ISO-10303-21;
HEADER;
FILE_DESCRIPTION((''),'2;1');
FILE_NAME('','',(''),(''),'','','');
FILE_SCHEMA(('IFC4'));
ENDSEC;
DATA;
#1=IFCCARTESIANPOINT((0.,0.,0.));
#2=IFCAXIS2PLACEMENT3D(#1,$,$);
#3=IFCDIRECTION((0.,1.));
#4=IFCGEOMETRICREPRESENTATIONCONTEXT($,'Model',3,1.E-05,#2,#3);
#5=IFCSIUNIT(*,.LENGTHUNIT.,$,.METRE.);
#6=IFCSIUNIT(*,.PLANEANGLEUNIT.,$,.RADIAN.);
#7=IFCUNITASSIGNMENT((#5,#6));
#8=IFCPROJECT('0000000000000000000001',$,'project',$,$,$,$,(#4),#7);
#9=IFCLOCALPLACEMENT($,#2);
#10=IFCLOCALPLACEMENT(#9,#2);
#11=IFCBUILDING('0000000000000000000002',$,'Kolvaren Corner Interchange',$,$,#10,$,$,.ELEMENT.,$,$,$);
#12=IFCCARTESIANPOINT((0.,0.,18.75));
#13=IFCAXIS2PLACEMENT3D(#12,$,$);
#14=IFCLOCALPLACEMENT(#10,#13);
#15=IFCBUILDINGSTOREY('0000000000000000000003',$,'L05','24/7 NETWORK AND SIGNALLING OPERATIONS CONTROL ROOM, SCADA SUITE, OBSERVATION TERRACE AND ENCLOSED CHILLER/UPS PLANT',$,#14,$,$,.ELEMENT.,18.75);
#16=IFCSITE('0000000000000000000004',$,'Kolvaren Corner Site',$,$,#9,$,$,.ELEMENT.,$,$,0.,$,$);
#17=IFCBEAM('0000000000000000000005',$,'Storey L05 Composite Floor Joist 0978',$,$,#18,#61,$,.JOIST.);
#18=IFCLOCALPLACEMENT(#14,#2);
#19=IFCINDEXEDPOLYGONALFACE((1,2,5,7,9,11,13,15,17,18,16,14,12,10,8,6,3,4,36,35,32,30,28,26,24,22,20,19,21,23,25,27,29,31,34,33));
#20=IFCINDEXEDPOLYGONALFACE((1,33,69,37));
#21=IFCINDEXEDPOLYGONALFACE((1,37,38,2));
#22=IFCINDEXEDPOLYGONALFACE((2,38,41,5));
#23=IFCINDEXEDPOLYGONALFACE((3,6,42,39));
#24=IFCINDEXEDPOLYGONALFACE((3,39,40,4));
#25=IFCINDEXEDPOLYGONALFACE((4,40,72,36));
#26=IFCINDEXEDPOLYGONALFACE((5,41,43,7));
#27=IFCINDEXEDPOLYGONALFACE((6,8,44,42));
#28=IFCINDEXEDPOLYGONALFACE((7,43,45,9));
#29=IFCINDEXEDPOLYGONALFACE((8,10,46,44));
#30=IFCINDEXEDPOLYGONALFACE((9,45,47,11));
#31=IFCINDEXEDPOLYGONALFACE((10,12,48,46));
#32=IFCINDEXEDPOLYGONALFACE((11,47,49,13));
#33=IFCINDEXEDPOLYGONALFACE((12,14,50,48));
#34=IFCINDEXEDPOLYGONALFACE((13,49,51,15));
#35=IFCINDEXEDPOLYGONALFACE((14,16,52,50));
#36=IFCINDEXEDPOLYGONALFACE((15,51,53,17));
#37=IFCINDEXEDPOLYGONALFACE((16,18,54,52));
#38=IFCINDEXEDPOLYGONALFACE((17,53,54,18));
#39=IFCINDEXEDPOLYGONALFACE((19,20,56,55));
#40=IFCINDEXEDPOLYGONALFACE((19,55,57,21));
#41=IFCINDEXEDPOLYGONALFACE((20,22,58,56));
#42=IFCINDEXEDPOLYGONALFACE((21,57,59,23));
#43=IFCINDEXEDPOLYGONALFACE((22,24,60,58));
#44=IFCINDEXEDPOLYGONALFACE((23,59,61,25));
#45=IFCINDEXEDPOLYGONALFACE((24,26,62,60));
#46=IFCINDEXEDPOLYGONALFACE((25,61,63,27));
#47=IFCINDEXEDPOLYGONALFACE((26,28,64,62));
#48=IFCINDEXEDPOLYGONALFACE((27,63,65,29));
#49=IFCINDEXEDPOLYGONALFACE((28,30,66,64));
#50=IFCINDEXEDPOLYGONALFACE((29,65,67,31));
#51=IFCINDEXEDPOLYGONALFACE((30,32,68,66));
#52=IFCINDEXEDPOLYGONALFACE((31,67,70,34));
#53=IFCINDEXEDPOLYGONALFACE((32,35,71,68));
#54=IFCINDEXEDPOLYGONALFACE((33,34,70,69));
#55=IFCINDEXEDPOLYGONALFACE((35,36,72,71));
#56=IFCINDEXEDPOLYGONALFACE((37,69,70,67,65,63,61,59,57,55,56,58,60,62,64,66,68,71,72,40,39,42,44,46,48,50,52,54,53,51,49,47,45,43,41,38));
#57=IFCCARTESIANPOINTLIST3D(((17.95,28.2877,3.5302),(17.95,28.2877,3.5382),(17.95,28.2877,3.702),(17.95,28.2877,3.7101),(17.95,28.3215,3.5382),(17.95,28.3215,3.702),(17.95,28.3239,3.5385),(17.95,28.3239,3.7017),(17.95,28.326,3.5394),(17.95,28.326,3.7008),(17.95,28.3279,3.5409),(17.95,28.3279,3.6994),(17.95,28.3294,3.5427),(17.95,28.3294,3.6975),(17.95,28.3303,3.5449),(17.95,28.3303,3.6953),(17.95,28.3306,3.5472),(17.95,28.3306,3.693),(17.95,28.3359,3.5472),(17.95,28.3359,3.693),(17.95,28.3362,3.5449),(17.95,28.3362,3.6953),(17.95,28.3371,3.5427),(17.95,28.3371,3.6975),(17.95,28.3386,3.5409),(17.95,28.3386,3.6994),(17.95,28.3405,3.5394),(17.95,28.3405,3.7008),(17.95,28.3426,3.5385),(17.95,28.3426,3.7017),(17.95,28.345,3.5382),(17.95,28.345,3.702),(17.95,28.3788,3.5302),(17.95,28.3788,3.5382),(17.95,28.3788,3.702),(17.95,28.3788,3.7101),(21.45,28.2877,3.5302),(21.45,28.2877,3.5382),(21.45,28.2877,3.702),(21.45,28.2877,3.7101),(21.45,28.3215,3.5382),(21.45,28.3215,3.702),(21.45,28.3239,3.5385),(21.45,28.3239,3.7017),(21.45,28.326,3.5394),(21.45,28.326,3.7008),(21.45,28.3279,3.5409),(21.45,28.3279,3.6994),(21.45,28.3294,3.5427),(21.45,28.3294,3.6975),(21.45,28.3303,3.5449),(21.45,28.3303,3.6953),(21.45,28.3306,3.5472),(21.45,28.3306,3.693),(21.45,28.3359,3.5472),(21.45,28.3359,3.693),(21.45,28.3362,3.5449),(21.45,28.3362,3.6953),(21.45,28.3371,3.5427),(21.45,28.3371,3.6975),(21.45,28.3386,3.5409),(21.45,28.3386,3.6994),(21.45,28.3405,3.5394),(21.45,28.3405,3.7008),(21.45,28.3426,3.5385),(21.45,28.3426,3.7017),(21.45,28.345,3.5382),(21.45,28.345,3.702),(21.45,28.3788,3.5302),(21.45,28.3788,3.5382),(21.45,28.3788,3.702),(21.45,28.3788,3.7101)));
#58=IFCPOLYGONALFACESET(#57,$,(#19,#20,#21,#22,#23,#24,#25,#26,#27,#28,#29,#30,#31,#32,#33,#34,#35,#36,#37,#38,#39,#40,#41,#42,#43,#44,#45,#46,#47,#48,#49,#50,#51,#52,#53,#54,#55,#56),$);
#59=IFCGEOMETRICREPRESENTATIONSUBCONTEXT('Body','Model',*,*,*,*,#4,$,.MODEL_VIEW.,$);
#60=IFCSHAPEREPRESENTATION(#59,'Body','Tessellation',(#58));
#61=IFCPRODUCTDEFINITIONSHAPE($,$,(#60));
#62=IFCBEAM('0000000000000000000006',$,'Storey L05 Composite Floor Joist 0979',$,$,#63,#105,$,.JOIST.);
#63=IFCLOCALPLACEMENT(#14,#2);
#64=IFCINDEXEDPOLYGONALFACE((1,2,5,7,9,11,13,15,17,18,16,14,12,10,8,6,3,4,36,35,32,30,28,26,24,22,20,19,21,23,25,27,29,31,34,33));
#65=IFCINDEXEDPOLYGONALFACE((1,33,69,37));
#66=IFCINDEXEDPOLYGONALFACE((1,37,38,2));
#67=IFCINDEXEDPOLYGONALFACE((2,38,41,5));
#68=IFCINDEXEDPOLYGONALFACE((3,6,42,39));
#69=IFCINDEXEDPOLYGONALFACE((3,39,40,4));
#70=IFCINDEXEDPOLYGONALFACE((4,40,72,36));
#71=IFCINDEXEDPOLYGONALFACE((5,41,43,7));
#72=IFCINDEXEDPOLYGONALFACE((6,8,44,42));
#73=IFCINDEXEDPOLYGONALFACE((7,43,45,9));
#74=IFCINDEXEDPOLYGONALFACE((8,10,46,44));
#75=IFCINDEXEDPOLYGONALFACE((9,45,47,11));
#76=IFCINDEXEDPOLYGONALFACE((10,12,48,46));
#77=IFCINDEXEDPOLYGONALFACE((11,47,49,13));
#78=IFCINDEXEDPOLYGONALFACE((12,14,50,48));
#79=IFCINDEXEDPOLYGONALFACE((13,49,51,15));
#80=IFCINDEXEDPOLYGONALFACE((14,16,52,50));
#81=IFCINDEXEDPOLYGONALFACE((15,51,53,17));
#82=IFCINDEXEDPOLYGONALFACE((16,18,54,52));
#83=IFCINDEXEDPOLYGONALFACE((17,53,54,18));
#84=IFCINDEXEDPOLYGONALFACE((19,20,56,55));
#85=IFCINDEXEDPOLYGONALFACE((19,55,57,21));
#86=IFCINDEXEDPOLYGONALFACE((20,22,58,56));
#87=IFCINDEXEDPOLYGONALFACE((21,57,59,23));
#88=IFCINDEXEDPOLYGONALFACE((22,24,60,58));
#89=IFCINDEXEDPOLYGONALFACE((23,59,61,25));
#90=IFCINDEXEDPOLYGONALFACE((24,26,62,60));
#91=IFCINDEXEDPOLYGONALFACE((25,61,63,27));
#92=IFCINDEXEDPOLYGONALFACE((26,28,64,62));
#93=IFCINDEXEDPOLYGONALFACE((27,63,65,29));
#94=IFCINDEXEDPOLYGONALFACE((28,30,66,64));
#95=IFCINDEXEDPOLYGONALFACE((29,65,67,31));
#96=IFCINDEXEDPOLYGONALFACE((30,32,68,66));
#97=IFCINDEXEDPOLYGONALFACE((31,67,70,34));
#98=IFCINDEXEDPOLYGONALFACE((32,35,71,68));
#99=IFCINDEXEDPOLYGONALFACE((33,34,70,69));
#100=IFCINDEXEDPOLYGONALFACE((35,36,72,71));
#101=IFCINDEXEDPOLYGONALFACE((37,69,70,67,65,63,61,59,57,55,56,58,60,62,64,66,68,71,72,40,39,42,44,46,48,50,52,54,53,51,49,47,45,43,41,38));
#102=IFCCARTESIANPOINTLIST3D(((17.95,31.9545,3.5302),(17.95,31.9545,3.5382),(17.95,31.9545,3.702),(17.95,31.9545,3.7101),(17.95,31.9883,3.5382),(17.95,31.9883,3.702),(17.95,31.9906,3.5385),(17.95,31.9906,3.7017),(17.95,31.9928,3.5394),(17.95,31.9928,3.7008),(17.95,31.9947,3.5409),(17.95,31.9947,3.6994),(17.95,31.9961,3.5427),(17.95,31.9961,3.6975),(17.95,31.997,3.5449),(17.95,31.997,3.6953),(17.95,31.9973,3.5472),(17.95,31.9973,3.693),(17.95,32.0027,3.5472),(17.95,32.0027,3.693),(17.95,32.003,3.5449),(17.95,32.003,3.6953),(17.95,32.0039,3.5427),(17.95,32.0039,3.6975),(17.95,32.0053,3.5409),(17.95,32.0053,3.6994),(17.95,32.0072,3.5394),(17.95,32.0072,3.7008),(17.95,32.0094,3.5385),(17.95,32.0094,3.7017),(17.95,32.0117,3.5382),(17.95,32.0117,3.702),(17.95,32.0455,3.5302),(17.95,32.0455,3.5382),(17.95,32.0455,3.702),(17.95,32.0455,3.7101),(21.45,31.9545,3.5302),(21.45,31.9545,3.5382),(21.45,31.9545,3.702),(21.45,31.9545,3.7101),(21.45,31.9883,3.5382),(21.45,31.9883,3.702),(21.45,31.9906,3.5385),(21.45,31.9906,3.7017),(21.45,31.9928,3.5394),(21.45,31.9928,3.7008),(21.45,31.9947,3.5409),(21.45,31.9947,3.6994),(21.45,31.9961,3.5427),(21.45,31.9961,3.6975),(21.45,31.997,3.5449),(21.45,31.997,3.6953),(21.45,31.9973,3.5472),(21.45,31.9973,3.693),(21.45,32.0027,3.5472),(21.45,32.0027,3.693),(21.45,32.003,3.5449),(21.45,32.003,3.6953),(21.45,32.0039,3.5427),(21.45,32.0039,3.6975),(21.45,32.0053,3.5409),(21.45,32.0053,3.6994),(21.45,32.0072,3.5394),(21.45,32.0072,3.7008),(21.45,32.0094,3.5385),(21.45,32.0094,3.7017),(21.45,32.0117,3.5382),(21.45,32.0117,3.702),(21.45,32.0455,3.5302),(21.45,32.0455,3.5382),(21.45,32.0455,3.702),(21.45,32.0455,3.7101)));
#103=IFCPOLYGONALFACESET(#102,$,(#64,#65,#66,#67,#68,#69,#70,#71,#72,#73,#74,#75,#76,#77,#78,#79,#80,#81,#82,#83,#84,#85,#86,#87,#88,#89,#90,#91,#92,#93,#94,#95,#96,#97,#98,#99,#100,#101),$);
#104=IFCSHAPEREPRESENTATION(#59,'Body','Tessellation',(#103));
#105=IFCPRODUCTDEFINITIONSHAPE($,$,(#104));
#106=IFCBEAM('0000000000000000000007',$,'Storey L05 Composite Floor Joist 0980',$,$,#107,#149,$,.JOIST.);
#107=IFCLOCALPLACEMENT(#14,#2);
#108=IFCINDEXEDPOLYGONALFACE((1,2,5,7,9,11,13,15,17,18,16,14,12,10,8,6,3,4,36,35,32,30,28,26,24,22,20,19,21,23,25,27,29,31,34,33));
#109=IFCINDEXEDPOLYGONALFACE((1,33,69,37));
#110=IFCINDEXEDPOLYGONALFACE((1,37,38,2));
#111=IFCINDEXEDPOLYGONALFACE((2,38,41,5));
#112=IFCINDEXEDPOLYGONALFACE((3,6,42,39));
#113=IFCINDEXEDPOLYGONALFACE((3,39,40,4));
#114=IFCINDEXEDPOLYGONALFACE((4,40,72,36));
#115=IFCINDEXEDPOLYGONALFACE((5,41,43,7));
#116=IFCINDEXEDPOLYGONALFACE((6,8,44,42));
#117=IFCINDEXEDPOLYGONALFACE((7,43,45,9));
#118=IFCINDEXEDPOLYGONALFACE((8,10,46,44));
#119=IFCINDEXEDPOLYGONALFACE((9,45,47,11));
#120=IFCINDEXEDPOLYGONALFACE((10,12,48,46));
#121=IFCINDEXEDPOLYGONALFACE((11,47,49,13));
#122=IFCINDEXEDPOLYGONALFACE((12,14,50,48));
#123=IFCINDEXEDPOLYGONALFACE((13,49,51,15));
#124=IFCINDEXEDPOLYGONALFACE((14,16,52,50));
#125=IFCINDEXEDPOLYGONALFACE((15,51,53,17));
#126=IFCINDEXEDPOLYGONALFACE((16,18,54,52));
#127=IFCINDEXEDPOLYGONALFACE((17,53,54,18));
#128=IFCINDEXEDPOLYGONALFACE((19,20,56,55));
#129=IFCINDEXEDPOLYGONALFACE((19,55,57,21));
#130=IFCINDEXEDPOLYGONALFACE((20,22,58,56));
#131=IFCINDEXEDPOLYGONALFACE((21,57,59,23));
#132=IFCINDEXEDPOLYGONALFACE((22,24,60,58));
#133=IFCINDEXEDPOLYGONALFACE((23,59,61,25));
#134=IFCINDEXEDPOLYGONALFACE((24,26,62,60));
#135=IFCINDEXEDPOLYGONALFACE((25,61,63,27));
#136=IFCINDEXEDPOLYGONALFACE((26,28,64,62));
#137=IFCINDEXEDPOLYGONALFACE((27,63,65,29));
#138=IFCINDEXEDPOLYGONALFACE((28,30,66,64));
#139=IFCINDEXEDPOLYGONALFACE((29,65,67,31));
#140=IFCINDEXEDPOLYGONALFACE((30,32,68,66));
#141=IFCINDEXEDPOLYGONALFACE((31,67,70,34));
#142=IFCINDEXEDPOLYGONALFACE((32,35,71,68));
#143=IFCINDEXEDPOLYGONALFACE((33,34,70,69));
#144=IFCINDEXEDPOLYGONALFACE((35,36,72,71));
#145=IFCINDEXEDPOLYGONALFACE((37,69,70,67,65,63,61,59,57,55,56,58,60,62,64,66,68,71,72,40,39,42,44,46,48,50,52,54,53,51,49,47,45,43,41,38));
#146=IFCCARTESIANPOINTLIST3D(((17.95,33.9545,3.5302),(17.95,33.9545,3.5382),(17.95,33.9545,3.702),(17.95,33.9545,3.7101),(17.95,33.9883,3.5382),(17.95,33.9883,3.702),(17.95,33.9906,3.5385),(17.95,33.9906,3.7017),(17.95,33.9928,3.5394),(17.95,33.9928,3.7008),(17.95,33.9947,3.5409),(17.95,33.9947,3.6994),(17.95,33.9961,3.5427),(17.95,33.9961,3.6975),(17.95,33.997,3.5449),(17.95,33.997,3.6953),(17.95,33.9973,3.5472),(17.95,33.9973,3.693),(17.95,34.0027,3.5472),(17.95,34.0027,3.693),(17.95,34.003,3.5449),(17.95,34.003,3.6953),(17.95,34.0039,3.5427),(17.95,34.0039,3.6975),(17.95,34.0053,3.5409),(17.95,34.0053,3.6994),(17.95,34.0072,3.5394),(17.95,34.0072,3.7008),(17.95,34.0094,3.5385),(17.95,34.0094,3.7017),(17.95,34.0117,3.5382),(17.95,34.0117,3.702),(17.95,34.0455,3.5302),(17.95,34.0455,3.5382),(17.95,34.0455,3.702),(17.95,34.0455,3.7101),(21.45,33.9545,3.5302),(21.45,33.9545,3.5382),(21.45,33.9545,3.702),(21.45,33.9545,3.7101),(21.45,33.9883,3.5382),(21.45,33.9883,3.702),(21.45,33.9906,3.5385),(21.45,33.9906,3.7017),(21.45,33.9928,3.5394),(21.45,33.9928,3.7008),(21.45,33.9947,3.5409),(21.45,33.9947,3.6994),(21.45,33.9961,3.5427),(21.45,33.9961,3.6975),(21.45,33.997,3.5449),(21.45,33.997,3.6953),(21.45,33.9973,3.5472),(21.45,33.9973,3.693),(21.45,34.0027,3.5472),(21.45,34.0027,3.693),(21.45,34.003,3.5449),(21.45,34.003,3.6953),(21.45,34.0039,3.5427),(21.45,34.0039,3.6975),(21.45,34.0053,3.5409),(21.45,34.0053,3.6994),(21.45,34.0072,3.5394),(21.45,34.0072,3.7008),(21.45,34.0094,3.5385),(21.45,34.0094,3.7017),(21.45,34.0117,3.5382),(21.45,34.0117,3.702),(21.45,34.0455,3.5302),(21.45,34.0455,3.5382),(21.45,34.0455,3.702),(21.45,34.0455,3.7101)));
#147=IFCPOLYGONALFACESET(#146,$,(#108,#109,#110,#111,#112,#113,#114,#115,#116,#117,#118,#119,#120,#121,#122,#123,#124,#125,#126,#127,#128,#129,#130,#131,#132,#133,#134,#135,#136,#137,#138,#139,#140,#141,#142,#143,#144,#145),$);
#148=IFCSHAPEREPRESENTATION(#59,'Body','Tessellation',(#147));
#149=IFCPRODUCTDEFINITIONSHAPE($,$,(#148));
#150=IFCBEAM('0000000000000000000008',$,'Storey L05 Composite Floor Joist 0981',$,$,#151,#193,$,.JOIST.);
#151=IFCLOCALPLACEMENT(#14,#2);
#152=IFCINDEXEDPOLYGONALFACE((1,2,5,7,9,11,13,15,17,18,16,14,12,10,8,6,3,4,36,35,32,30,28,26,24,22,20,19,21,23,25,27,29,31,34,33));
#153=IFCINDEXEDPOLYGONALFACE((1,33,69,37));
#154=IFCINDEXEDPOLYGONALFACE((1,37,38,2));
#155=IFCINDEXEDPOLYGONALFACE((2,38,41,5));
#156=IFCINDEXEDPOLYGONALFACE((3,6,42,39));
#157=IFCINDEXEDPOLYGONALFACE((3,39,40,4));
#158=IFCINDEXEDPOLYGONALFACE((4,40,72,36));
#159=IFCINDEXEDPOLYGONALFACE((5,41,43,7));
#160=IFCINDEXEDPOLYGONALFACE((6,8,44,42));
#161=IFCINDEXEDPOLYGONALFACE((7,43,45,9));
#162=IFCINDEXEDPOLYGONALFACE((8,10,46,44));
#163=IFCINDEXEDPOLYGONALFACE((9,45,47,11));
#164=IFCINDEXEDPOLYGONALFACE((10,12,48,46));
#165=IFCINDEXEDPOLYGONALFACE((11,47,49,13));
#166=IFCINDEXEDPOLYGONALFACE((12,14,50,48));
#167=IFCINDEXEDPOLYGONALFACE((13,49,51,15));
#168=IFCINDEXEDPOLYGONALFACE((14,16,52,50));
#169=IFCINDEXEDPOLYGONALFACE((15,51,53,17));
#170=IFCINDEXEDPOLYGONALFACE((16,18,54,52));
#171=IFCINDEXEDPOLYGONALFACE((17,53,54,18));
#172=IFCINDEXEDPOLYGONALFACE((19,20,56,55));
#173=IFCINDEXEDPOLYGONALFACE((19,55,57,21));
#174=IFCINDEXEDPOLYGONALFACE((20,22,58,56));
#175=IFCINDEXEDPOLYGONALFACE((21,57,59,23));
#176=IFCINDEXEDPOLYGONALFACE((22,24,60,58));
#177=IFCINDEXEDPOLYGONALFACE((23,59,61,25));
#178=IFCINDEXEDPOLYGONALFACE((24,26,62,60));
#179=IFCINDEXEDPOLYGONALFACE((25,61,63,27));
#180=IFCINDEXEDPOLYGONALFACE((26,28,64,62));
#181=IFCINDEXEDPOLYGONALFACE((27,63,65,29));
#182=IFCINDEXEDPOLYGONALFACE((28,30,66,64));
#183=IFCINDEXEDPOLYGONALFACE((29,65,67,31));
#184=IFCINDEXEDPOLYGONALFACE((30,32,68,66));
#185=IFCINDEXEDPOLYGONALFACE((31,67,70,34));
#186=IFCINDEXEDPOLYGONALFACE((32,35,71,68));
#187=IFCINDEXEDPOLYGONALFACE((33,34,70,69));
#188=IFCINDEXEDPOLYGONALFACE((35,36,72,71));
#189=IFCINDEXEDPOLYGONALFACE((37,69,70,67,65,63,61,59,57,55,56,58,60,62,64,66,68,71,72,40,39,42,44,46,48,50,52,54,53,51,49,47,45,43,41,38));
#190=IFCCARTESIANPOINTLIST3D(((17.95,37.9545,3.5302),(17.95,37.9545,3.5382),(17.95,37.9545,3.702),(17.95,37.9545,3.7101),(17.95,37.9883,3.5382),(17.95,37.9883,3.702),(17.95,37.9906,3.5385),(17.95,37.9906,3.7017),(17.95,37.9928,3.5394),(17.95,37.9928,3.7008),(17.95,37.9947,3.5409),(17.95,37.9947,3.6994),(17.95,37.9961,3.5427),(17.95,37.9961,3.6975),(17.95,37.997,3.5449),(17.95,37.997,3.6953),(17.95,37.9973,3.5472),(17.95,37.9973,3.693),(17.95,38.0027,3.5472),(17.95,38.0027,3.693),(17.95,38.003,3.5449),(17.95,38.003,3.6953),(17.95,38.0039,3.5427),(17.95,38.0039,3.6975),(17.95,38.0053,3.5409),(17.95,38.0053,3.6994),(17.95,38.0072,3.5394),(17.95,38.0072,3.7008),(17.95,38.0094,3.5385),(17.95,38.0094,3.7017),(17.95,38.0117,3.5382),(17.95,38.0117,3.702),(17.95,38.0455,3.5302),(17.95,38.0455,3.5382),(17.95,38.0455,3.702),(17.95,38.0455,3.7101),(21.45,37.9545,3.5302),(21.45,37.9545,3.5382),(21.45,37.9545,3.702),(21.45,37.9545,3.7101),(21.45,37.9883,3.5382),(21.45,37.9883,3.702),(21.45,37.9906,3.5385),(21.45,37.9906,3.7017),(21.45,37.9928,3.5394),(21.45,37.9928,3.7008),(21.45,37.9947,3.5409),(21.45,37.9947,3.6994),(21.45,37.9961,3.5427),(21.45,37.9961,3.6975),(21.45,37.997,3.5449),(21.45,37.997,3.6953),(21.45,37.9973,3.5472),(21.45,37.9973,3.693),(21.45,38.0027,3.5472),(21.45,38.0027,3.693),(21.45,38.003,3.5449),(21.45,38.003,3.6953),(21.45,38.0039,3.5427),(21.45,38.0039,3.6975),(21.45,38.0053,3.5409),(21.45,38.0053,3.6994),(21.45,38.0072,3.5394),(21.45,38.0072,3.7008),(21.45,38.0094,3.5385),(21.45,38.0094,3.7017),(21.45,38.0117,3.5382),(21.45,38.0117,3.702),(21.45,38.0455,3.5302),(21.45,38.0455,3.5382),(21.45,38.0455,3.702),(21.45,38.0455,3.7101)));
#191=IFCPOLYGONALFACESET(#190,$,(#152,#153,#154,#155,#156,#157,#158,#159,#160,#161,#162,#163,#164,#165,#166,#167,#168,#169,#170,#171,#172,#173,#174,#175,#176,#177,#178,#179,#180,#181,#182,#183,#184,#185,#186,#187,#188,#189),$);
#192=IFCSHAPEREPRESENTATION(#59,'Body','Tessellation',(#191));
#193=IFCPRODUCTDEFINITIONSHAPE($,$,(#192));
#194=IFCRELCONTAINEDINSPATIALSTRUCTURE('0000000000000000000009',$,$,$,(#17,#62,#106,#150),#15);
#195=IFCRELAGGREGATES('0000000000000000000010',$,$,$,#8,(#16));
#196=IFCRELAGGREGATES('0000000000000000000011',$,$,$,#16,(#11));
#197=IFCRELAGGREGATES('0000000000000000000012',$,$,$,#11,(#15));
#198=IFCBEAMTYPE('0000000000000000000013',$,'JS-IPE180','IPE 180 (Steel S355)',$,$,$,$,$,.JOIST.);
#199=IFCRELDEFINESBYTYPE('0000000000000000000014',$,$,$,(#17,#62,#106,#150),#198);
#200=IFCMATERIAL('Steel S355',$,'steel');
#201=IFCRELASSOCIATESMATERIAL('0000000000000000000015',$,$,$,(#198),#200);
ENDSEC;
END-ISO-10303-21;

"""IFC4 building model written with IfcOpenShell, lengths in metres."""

from ifc_helpers import new_model, si_unit, direction, frame, origin, origin_2d, place, context, subcontext, project, spatial, i_section, extrude, material, material_profile, profile_set, type_object, element, save


model = new_model("IFC4")

# Units and contexts
model_context = context("Model", 3, precision=1e-05, world=origin(), true_north=direction((0.0, 1.0)))
body_context = subcontext(model_context, "Body", "Model", "MODEL_VIEW")
ifc_project = project(units=[si_unit("LENGTHUNIT", "METRE"), si_unit("PLANEANGLEUNIT", "RADIAN")], contexts=[model_context])

# Site, building, storey
site_placement = place(None, origin())
site = spatial("IfcSite", under=ifc_project, at=site_placement, Name="Kolvaren Corner Site", CompositionType="ELEMENT", RefElevation=0.0)
building_placement = place(site_placement, origin())
building = spatial("IfcBuilding", under=site, at=building_placement, Name="Kolvaren Corner Interchange", CompositionType="ELEMENT")
storey_placement = place(building_placement, frame((0.0, 0.0, 18.75)))
storey = spatial("IfcBuildingStorey", under=building, at=storey_placement, Name="L05", Description="24/7 NETWORK AND SIGNALLING OPERATIONS CONTROL ROOM, SCADA SUITE, OBSERVATION TERRACE AND ENCLOSED CHILLER/UPS PLANT", CompositionType="ELEMENT", Elevation=18.75)

# Beams
ifc_material_1 = material(Name="Steel S355", Category="steel")
ifc_material_profile_1 = material_profile(ifc_material_1, i_section(OverallWidth=0.0911, OverallDepth=0.1799, WebThickness=0.0054, FlangeThickness=0.0081, FilletRadius=0.009, at=origin_2d()), Name="IPE 180")
ifc_profile_set_1 = profile_set([ifc_material_profile_1], Name="Steel S355")
beam_type_1 = type_object("IfcBeamType", Name="JS-IPE180", Description="IPE 180 (Steel S355)", PredefinedType="JOIST", material=ifc_profile_set_1)
for number, where, z_axis, x_axis, name in (
    (1, (17.95, 28.3333, 3.6201), (1.0, 0.0, 0.0), (0.0, 1.0, 0.0), "Storey L05 Composite Floor Joist 0978"),
    (2, (17.95, 32.0, 3.6201), (1.0, 0.0, 0.0), (0.0, 1.0, 0.0), "Storey L05 Composite Floor Joist 0979"),
    (3, (17.95, 34.0, 3.6201), (1.0, 0.0, 0.0), (0.0, 1.0, 0.0), "Storey L05 Composite Floor Joist 0980"),
    (4, (17.95, 38.0, 3.6201), (1.0, 0.0, 0.0), (0.0, 1.0, 0.0), "Storey L05 Composite Floor Joist 0981"),
):
    element("IfcBeam", number, at=place(storey_placement, frame(where, z_axis=z_axis, x_axis=x_axis)), inside=storey, type_object=beam_type_1, Name=name, PredefinedType="JOIST", context=body_context, shape_type="SweptSolid", body=[
        extrude(i_section(OverallWidth=0.0911, OverallDepth=0.1799, WebThickness=0.0054, FlangeThickness=0.0081, FilletRadius=0.009, at=origin_2d()), origin(), (0.0, 0.0, 1.0), 3.5),
    ])

save(model, "model.ifc")
